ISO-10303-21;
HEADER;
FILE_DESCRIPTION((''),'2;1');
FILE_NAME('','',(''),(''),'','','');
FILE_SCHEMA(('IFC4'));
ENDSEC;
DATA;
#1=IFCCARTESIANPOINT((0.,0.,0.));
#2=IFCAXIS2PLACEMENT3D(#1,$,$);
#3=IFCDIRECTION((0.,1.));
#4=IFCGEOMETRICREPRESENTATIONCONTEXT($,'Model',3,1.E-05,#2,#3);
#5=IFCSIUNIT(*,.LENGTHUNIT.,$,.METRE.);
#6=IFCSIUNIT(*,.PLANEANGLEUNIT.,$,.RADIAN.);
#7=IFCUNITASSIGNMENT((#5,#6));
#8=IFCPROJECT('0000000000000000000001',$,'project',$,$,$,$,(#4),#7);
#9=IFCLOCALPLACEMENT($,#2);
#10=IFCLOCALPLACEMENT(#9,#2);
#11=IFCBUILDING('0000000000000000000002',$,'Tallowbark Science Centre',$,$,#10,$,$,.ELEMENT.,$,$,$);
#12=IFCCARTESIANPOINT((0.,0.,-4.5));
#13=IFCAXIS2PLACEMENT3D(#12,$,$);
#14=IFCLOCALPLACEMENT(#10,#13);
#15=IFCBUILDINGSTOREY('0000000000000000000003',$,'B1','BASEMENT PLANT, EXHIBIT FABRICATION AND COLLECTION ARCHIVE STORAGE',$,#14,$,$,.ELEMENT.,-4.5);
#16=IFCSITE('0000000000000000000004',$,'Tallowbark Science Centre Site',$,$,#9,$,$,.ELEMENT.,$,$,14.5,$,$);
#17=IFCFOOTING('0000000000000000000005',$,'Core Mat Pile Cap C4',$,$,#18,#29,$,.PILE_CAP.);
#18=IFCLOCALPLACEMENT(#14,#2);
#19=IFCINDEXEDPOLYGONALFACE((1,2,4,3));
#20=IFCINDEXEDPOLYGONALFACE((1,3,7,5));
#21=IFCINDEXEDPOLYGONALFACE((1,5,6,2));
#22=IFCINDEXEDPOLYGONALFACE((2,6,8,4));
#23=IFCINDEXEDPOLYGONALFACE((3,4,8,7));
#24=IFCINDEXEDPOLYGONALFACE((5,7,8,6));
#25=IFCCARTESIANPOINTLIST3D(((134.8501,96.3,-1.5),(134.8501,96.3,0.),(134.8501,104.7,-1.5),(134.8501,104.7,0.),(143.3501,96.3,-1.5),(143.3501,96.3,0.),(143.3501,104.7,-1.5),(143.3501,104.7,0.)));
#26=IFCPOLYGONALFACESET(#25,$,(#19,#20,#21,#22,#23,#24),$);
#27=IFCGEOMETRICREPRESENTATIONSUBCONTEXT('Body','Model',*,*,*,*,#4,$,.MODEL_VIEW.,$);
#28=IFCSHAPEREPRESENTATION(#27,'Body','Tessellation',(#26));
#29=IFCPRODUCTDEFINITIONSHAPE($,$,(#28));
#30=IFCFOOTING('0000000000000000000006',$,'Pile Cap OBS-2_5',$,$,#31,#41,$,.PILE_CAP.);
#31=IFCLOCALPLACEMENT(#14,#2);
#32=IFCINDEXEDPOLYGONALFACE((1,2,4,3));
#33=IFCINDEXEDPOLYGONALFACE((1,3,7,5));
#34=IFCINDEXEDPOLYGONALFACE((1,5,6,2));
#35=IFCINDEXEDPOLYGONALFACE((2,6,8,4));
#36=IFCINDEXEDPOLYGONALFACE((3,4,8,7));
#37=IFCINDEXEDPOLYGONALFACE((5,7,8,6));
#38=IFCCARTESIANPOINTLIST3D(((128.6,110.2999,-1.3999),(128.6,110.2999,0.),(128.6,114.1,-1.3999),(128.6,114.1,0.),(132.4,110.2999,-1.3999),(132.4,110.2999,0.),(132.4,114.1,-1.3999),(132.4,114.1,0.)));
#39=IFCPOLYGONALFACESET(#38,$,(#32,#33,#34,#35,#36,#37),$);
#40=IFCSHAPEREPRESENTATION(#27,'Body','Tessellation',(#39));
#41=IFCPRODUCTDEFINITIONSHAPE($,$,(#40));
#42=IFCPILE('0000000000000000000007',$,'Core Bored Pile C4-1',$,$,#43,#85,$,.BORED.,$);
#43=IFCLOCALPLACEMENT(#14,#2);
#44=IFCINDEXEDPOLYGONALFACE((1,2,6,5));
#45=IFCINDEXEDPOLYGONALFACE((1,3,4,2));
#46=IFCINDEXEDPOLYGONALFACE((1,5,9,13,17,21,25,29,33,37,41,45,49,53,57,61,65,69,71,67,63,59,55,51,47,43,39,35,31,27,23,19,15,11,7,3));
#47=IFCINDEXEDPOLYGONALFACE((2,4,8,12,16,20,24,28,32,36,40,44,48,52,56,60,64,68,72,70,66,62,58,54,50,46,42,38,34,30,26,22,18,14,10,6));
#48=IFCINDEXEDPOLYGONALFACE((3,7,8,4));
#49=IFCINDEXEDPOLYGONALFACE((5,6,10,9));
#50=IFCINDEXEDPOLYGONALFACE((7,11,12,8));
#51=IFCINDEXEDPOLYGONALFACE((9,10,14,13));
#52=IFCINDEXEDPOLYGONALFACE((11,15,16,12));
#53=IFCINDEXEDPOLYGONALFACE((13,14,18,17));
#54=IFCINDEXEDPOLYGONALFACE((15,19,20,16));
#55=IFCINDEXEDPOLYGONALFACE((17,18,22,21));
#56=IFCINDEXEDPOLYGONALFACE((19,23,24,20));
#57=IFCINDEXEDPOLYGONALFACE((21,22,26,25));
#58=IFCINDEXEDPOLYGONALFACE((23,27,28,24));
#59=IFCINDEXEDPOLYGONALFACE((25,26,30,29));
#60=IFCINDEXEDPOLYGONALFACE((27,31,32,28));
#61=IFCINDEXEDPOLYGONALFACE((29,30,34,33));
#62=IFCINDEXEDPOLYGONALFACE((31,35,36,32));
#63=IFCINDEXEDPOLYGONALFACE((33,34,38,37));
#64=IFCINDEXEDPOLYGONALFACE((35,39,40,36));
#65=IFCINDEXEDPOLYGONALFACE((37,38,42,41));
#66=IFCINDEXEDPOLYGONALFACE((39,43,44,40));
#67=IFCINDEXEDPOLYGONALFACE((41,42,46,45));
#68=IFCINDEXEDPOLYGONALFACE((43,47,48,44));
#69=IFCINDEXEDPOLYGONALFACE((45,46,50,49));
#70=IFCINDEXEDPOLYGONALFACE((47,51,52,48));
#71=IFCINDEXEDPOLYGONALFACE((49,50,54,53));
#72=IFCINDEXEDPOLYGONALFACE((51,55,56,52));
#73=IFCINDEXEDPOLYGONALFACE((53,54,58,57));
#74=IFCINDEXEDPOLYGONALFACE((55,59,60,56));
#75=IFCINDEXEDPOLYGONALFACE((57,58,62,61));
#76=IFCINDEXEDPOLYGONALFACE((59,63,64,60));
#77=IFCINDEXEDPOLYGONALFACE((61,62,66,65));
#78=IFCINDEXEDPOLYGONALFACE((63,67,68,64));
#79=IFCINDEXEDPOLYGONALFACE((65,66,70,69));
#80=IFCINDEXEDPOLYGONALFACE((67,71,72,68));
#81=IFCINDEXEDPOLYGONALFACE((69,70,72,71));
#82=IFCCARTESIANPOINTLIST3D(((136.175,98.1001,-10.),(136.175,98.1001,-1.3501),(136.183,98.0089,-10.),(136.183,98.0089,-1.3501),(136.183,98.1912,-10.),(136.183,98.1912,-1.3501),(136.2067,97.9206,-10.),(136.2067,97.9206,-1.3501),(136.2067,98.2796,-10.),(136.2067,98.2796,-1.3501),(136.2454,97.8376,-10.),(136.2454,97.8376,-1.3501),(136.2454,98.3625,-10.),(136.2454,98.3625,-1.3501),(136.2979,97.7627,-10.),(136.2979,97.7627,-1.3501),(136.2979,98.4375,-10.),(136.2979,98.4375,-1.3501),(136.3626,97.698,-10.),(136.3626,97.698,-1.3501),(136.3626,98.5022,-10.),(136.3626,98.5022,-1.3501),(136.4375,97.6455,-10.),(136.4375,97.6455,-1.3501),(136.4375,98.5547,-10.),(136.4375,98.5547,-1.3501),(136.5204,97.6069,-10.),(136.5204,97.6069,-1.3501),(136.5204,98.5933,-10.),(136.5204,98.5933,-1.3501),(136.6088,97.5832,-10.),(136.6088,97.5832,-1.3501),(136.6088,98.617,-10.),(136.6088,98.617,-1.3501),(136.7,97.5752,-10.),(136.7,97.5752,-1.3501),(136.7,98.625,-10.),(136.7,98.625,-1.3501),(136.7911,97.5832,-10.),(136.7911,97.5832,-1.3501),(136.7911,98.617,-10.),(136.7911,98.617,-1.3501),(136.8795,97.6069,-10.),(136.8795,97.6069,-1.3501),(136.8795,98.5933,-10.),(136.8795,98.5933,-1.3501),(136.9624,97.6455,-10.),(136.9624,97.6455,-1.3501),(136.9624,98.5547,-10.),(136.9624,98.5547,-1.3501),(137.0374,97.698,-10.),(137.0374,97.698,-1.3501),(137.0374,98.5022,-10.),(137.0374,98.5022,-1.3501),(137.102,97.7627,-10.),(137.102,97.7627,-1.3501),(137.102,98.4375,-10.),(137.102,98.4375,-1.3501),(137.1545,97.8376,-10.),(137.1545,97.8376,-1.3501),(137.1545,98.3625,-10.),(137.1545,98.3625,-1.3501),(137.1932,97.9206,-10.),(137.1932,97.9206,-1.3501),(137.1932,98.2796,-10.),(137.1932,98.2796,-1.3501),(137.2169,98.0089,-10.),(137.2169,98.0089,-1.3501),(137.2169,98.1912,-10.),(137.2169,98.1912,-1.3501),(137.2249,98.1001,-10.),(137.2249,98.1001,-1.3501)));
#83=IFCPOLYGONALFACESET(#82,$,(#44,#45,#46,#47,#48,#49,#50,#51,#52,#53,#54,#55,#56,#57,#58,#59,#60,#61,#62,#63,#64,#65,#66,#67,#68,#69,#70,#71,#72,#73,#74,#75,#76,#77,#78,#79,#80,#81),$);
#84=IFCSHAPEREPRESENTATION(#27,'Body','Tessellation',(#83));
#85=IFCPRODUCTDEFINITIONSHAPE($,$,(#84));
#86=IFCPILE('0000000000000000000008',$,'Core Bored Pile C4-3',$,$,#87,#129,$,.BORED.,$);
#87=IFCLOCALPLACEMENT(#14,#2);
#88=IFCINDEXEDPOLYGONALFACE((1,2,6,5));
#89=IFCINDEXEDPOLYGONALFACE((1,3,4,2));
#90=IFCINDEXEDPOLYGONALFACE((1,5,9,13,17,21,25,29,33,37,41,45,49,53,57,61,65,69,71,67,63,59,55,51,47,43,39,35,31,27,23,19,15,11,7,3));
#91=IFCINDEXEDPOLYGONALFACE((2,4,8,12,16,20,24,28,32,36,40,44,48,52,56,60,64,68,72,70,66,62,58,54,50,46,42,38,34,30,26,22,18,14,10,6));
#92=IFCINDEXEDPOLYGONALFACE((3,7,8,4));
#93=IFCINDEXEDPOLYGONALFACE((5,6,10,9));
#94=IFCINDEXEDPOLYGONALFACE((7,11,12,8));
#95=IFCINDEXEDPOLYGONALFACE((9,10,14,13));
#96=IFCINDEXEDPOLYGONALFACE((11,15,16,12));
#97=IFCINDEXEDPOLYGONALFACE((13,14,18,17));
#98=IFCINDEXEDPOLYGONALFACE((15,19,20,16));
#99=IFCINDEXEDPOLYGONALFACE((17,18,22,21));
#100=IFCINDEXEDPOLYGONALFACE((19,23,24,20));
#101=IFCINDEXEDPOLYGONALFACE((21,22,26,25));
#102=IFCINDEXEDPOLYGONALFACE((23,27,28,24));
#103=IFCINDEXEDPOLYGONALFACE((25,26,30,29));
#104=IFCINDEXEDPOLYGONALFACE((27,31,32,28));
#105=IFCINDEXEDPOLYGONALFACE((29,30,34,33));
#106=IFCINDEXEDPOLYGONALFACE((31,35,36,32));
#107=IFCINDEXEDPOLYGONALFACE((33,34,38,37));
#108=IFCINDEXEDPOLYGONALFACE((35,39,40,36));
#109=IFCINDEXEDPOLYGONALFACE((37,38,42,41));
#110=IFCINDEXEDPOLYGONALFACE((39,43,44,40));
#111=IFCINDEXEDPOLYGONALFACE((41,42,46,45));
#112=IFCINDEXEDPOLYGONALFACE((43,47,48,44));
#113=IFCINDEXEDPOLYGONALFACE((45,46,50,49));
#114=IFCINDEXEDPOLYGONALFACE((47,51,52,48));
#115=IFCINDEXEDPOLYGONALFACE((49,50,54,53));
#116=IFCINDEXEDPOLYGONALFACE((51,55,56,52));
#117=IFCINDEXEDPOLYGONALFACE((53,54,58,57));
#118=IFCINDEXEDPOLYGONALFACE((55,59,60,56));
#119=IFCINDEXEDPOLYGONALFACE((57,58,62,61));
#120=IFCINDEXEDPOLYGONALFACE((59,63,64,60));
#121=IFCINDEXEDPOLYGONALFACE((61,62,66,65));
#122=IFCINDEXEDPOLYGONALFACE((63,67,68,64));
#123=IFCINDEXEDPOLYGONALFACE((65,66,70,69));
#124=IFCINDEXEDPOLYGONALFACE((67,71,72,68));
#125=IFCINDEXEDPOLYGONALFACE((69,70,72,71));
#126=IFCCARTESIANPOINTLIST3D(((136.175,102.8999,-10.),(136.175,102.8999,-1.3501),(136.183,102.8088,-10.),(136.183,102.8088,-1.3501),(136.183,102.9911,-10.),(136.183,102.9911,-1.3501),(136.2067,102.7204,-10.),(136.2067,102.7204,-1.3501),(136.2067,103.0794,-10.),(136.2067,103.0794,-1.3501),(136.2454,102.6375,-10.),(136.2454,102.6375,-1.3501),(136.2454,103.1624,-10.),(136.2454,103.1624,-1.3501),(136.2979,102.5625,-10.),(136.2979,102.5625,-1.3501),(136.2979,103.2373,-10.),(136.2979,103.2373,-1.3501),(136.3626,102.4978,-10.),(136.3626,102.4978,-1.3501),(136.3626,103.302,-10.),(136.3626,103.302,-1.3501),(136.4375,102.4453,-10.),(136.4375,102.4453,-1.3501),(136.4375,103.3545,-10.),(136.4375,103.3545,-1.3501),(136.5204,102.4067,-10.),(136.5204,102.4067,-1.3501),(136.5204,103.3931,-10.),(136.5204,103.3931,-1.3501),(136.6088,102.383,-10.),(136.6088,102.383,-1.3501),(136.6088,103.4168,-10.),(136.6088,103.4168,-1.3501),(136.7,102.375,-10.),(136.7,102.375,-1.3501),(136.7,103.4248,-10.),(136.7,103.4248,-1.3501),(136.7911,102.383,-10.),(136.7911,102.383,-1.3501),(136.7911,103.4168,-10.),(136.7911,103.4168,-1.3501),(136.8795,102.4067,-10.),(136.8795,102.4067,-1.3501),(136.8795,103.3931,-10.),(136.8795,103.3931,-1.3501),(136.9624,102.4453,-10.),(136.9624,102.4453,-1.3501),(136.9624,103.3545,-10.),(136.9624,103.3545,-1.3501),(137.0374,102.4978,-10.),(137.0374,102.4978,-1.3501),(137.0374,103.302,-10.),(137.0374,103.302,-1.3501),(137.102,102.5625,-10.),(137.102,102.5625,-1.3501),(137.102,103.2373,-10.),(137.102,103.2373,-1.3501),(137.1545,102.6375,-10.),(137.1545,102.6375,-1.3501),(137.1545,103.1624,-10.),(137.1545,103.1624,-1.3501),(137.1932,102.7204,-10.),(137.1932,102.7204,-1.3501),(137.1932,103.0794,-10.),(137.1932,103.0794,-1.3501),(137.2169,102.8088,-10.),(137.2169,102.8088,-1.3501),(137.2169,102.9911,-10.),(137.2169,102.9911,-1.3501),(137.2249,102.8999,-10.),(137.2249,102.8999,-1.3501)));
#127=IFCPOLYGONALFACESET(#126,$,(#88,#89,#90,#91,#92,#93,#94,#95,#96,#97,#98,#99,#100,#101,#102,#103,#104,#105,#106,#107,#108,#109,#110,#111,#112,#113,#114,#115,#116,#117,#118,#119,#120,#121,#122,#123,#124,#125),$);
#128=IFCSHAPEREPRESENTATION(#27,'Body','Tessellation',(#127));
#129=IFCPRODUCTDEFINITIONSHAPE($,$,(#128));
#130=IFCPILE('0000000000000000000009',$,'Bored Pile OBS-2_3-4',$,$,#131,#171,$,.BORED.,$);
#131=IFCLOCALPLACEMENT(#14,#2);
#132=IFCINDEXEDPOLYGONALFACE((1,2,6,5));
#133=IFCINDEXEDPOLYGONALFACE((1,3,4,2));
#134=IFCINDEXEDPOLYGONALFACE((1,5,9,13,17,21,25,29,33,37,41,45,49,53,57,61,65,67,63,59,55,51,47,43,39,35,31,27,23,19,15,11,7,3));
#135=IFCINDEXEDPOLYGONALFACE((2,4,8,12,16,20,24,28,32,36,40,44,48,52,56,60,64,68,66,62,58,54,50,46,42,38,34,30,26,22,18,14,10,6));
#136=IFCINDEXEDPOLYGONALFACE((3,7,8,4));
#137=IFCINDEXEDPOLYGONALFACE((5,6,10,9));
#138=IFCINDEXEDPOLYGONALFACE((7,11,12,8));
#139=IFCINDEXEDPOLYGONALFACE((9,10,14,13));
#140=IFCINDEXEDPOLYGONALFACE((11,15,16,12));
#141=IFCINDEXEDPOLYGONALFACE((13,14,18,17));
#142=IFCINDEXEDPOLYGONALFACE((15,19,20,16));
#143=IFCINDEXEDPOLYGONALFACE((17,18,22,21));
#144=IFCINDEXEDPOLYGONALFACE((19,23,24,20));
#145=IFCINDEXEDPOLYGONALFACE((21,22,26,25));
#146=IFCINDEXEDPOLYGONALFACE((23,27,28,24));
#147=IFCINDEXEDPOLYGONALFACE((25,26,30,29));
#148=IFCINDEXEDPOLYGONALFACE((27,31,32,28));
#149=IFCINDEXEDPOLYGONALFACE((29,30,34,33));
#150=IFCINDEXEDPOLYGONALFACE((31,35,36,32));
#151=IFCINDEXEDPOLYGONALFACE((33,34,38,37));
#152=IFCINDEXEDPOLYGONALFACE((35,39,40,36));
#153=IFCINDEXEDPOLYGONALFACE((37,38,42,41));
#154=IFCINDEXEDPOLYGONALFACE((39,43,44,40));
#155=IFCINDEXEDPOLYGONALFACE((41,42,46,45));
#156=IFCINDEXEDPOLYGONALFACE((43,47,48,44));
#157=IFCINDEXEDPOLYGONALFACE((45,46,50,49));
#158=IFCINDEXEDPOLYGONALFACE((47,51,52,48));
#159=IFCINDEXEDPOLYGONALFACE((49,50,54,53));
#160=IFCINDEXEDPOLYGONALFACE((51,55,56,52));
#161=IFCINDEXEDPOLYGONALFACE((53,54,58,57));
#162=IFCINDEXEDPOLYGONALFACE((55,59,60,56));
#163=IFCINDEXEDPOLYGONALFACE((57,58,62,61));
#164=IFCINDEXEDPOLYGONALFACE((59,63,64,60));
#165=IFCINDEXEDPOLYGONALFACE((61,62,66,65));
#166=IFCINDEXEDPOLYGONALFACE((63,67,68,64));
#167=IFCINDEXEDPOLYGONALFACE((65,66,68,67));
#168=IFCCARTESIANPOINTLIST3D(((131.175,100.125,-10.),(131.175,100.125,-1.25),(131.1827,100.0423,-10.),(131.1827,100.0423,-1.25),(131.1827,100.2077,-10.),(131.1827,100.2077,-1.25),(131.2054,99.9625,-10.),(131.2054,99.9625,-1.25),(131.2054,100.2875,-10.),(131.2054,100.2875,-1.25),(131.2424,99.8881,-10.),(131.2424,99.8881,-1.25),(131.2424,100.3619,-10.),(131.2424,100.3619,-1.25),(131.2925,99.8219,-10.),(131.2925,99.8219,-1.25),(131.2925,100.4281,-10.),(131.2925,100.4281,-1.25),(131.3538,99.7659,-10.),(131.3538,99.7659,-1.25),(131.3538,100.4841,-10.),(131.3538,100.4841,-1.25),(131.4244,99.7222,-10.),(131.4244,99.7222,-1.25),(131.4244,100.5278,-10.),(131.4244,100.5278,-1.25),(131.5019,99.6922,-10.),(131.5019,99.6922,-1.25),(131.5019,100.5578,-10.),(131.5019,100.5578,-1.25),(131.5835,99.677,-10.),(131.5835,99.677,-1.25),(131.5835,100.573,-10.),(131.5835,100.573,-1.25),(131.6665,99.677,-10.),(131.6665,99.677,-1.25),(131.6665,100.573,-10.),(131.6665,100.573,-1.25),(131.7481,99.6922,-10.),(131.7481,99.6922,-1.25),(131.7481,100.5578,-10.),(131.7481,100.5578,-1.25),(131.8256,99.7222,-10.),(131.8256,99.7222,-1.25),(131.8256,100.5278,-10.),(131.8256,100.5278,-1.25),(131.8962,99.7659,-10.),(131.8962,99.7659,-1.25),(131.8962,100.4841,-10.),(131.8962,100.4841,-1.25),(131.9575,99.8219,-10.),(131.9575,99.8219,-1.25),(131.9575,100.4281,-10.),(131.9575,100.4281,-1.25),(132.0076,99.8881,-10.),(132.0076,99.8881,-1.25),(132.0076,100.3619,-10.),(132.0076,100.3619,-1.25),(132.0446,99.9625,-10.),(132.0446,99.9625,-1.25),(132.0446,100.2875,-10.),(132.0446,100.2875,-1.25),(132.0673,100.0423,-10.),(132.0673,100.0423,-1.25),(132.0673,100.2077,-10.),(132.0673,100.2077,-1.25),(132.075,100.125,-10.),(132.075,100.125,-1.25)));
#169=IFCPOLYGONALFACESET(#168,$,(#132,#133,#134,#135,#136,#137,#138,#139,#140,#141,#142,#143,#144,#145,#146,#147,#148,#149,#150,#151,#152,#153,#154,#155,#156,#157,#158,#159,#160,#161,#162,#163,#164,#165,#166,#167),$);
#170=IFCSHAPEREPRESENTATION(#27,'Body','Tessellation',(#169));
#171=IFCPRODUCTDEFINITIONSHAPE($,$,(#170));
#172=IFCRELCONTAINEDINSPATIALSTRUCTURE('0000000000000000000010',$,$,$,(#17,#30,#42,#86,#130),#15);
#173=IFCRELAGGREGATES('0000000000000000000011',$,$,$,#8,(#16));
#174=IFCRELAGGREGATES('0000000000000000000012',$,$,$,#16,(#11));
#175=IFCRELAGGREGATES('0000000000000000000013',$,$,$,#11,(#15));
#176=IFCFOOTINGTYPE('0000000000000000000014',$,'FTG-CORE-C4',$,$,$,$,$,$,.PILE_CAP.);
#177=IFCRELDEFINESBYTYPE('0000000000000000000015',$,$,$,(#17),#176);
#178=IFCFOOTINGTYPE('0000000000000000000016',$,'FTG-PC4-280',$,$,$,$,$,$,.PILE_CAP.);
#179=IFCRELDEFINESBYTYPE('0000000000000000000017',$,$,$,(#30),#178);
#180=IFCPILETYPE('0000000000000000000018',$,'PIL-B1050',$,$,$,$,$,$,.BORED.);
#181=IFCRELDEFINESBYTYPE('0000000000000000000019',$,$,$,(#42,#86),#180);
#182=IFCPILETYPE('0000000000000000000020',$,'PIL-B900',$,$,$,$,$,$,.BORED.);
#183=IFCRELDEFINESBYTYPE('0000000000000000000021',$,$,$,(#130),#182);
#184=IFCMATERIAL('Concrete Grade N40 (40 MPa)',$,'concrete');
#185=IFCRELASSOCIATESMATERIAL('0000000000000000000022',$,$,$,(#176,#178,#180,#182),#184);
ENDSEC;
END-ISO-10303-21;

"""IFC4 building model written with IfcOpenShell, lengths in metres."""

from ifc_helpers import new_model, si_unit, direction, frame, origin, origin_2d, place, context, subcontext, project, spatial, rectangle, circle, extrude, material, material_profile, profile_set, type_object, element, save


model = new_model("IFC4")

# Units and contexts
model_context = context("Model", 3, precision=1e-05, world=origin(), true_north=direction((0.0, 1.0)))
body_context = subcontext(model_context, "Body", "Model", "MODEL_VIEW")
ifc_project = project(units=[si_unit("LENGTHUNIT", "METRE"), si_unit("PLANEANGLEUNIT", "RADIAN")], contexts=[model_context])

# Site, building, storey
site_placement = place(None, origin())
site = spatial("IfcSite", under=ifc_project, at=site_placement, Name="Tallowbark Science Centre Site", CompositionType="ELEMENT", RefElevation=14.5)
building_placement = place(site_placement, origin())
building = spatial("IfcBuilding", under=site, at=building_placement, Name="Tallowbark Science Centre", CompositionType="ELEMENT")
storey_placement = place(building_placement, frame((0.0, 0.0, -4.5)))
storey = spatial("IfcBuildingStorey", under=building, at=storey_placement, Name="B1", Description="BASEMENT PLANT, EXHIBIT FABRICATION AND COLLECTION ARCHIVE STORAGE", CompositionType="ELEMENT", Elevation=-4.5)

# Footings
ifc_material_1 = material(Name="Concrete Grade N40 (40 MPa)", Category="concrete")
footing_type_1 = type_object("IfcFootingType", Name="FTG-CORE-C4", PredefinedType="PILE_CAP", material=ifc_material_1)
footing_1_placement = place(storey_placement, frame((139.1001, 100.5, -1.5), z_axis=(0.0, 0.0, 1.0), x_axis=(1.0, 0.0, 0.0)))
element("IfcFooting", 1, at=footing_1_placement, inside=storey, type_object=footing_type_1, Name="Core Mat Pile Cap C4", PredefinedType="PILE_CAP", context=body_context, shape_type="SweptSolid", body=[
    extrude(rectangle(XDim=8.5, YDim=8.3999, at=origin_2d()), origin(), (0.0, 0.0, 1.0), 1.5),
])
footing_type_2 = type_object("IfcFootingType", Name="FTG-PC4-280", PredefinedType="PILE_CAP", material=ifc_material_1)
footing_2_placement = place(storey_placement, frame((130.5, 112.2, -1.3999), z_axis=(0.0, 0.0, 1.0), x_axis=(1.0, 0.0, 0.0)))
element("IfcFooting", 2, at=footing_2_placement, inside=storey, type_object=footing_type_2, Name="Pile Cap OBS-2_5", PredefinedType="PILE_CAP", context=body_context, shape_type="SweptSolid", body=[
    extrude(rectangle(XDim=3.8, YDim=3.8, at=origin_2d()), origin(), (0.0, 0.0, 1.0), 1.3999),
])

# Piles
ifc_material_profile_1 = material_profile(ifc_material_1, circle(Radius=0.5249, at=origin_2d()), Name="PILE1050")
ifc_profile_set_1 = profile_set([ifc_material_profile_1], Name="Concrete Grade N40 (40 MPa)")
pile_type_1 = type_object("IfcPileType", Name="PIL-B1050", PredefinedType="BORED", material=ifc_profile_set_1)
for number, where, z_axis, x_axis, name in (
    (3, (136.7, 98.1001, -1.3501), (0.0, 0.0, -1.0), (1.0, 0.0, 0.0), "Core Bored Pile C4-1"),
    (4, (136.7, 102.8999, -1.3501), (0.0, 0.0, -1.0), (1.0, 0.0, 0.0), "Core Bored Pile C4-3"),
):
    element("IfcPile", number, at=place(storey_placement, frame(where, z_axis=z_axis, x_axis=x_axis)), inside=storey, type_object=pile_type_1, Name=name, PredefinedType="BORED", context=body_context, shape_type="SweptSolid", body=[
        extrude(circle(Radius=0.5249, at=origin_2d()), origin(), (0.0, 0.0, 1.0), 8.6499),
    ])
ifc_material_profile_2 = material_profile(ifc_material_1, circle(Radius=0.45, at=origin_2d()), Name="PILE900")
ifc_profile_set_2 = profile_set([ifc_material_profile_2], Name="Concrete Grade N40 (40 MPa)")
pile_type_2 = type_object("IfcPileType", Name="PIL-B900", PredefinedType="BORED", material=ifc_profile_set_2)
pile_placement = place(storey_placement, frame((131.625, 100.125, -1.25), z_axis=(0.0, 0.0, -1.0), x_axis=(1.0, 0.0, 0.0)))
element("IfcPile", 5, at=pile_placement, inside=storey, type_object=pile_type_2, Name="Bored Pile OBS-2_3-4", PredefinedType="BORED", context=body_context, shape_type="SweptSolid", body=[
    extrude(circle(Radius=0.45, at=origin_2d()), origin(), (0.0, 0.0, 1.0), 8.75),
])

save(model, "model.ifc")
